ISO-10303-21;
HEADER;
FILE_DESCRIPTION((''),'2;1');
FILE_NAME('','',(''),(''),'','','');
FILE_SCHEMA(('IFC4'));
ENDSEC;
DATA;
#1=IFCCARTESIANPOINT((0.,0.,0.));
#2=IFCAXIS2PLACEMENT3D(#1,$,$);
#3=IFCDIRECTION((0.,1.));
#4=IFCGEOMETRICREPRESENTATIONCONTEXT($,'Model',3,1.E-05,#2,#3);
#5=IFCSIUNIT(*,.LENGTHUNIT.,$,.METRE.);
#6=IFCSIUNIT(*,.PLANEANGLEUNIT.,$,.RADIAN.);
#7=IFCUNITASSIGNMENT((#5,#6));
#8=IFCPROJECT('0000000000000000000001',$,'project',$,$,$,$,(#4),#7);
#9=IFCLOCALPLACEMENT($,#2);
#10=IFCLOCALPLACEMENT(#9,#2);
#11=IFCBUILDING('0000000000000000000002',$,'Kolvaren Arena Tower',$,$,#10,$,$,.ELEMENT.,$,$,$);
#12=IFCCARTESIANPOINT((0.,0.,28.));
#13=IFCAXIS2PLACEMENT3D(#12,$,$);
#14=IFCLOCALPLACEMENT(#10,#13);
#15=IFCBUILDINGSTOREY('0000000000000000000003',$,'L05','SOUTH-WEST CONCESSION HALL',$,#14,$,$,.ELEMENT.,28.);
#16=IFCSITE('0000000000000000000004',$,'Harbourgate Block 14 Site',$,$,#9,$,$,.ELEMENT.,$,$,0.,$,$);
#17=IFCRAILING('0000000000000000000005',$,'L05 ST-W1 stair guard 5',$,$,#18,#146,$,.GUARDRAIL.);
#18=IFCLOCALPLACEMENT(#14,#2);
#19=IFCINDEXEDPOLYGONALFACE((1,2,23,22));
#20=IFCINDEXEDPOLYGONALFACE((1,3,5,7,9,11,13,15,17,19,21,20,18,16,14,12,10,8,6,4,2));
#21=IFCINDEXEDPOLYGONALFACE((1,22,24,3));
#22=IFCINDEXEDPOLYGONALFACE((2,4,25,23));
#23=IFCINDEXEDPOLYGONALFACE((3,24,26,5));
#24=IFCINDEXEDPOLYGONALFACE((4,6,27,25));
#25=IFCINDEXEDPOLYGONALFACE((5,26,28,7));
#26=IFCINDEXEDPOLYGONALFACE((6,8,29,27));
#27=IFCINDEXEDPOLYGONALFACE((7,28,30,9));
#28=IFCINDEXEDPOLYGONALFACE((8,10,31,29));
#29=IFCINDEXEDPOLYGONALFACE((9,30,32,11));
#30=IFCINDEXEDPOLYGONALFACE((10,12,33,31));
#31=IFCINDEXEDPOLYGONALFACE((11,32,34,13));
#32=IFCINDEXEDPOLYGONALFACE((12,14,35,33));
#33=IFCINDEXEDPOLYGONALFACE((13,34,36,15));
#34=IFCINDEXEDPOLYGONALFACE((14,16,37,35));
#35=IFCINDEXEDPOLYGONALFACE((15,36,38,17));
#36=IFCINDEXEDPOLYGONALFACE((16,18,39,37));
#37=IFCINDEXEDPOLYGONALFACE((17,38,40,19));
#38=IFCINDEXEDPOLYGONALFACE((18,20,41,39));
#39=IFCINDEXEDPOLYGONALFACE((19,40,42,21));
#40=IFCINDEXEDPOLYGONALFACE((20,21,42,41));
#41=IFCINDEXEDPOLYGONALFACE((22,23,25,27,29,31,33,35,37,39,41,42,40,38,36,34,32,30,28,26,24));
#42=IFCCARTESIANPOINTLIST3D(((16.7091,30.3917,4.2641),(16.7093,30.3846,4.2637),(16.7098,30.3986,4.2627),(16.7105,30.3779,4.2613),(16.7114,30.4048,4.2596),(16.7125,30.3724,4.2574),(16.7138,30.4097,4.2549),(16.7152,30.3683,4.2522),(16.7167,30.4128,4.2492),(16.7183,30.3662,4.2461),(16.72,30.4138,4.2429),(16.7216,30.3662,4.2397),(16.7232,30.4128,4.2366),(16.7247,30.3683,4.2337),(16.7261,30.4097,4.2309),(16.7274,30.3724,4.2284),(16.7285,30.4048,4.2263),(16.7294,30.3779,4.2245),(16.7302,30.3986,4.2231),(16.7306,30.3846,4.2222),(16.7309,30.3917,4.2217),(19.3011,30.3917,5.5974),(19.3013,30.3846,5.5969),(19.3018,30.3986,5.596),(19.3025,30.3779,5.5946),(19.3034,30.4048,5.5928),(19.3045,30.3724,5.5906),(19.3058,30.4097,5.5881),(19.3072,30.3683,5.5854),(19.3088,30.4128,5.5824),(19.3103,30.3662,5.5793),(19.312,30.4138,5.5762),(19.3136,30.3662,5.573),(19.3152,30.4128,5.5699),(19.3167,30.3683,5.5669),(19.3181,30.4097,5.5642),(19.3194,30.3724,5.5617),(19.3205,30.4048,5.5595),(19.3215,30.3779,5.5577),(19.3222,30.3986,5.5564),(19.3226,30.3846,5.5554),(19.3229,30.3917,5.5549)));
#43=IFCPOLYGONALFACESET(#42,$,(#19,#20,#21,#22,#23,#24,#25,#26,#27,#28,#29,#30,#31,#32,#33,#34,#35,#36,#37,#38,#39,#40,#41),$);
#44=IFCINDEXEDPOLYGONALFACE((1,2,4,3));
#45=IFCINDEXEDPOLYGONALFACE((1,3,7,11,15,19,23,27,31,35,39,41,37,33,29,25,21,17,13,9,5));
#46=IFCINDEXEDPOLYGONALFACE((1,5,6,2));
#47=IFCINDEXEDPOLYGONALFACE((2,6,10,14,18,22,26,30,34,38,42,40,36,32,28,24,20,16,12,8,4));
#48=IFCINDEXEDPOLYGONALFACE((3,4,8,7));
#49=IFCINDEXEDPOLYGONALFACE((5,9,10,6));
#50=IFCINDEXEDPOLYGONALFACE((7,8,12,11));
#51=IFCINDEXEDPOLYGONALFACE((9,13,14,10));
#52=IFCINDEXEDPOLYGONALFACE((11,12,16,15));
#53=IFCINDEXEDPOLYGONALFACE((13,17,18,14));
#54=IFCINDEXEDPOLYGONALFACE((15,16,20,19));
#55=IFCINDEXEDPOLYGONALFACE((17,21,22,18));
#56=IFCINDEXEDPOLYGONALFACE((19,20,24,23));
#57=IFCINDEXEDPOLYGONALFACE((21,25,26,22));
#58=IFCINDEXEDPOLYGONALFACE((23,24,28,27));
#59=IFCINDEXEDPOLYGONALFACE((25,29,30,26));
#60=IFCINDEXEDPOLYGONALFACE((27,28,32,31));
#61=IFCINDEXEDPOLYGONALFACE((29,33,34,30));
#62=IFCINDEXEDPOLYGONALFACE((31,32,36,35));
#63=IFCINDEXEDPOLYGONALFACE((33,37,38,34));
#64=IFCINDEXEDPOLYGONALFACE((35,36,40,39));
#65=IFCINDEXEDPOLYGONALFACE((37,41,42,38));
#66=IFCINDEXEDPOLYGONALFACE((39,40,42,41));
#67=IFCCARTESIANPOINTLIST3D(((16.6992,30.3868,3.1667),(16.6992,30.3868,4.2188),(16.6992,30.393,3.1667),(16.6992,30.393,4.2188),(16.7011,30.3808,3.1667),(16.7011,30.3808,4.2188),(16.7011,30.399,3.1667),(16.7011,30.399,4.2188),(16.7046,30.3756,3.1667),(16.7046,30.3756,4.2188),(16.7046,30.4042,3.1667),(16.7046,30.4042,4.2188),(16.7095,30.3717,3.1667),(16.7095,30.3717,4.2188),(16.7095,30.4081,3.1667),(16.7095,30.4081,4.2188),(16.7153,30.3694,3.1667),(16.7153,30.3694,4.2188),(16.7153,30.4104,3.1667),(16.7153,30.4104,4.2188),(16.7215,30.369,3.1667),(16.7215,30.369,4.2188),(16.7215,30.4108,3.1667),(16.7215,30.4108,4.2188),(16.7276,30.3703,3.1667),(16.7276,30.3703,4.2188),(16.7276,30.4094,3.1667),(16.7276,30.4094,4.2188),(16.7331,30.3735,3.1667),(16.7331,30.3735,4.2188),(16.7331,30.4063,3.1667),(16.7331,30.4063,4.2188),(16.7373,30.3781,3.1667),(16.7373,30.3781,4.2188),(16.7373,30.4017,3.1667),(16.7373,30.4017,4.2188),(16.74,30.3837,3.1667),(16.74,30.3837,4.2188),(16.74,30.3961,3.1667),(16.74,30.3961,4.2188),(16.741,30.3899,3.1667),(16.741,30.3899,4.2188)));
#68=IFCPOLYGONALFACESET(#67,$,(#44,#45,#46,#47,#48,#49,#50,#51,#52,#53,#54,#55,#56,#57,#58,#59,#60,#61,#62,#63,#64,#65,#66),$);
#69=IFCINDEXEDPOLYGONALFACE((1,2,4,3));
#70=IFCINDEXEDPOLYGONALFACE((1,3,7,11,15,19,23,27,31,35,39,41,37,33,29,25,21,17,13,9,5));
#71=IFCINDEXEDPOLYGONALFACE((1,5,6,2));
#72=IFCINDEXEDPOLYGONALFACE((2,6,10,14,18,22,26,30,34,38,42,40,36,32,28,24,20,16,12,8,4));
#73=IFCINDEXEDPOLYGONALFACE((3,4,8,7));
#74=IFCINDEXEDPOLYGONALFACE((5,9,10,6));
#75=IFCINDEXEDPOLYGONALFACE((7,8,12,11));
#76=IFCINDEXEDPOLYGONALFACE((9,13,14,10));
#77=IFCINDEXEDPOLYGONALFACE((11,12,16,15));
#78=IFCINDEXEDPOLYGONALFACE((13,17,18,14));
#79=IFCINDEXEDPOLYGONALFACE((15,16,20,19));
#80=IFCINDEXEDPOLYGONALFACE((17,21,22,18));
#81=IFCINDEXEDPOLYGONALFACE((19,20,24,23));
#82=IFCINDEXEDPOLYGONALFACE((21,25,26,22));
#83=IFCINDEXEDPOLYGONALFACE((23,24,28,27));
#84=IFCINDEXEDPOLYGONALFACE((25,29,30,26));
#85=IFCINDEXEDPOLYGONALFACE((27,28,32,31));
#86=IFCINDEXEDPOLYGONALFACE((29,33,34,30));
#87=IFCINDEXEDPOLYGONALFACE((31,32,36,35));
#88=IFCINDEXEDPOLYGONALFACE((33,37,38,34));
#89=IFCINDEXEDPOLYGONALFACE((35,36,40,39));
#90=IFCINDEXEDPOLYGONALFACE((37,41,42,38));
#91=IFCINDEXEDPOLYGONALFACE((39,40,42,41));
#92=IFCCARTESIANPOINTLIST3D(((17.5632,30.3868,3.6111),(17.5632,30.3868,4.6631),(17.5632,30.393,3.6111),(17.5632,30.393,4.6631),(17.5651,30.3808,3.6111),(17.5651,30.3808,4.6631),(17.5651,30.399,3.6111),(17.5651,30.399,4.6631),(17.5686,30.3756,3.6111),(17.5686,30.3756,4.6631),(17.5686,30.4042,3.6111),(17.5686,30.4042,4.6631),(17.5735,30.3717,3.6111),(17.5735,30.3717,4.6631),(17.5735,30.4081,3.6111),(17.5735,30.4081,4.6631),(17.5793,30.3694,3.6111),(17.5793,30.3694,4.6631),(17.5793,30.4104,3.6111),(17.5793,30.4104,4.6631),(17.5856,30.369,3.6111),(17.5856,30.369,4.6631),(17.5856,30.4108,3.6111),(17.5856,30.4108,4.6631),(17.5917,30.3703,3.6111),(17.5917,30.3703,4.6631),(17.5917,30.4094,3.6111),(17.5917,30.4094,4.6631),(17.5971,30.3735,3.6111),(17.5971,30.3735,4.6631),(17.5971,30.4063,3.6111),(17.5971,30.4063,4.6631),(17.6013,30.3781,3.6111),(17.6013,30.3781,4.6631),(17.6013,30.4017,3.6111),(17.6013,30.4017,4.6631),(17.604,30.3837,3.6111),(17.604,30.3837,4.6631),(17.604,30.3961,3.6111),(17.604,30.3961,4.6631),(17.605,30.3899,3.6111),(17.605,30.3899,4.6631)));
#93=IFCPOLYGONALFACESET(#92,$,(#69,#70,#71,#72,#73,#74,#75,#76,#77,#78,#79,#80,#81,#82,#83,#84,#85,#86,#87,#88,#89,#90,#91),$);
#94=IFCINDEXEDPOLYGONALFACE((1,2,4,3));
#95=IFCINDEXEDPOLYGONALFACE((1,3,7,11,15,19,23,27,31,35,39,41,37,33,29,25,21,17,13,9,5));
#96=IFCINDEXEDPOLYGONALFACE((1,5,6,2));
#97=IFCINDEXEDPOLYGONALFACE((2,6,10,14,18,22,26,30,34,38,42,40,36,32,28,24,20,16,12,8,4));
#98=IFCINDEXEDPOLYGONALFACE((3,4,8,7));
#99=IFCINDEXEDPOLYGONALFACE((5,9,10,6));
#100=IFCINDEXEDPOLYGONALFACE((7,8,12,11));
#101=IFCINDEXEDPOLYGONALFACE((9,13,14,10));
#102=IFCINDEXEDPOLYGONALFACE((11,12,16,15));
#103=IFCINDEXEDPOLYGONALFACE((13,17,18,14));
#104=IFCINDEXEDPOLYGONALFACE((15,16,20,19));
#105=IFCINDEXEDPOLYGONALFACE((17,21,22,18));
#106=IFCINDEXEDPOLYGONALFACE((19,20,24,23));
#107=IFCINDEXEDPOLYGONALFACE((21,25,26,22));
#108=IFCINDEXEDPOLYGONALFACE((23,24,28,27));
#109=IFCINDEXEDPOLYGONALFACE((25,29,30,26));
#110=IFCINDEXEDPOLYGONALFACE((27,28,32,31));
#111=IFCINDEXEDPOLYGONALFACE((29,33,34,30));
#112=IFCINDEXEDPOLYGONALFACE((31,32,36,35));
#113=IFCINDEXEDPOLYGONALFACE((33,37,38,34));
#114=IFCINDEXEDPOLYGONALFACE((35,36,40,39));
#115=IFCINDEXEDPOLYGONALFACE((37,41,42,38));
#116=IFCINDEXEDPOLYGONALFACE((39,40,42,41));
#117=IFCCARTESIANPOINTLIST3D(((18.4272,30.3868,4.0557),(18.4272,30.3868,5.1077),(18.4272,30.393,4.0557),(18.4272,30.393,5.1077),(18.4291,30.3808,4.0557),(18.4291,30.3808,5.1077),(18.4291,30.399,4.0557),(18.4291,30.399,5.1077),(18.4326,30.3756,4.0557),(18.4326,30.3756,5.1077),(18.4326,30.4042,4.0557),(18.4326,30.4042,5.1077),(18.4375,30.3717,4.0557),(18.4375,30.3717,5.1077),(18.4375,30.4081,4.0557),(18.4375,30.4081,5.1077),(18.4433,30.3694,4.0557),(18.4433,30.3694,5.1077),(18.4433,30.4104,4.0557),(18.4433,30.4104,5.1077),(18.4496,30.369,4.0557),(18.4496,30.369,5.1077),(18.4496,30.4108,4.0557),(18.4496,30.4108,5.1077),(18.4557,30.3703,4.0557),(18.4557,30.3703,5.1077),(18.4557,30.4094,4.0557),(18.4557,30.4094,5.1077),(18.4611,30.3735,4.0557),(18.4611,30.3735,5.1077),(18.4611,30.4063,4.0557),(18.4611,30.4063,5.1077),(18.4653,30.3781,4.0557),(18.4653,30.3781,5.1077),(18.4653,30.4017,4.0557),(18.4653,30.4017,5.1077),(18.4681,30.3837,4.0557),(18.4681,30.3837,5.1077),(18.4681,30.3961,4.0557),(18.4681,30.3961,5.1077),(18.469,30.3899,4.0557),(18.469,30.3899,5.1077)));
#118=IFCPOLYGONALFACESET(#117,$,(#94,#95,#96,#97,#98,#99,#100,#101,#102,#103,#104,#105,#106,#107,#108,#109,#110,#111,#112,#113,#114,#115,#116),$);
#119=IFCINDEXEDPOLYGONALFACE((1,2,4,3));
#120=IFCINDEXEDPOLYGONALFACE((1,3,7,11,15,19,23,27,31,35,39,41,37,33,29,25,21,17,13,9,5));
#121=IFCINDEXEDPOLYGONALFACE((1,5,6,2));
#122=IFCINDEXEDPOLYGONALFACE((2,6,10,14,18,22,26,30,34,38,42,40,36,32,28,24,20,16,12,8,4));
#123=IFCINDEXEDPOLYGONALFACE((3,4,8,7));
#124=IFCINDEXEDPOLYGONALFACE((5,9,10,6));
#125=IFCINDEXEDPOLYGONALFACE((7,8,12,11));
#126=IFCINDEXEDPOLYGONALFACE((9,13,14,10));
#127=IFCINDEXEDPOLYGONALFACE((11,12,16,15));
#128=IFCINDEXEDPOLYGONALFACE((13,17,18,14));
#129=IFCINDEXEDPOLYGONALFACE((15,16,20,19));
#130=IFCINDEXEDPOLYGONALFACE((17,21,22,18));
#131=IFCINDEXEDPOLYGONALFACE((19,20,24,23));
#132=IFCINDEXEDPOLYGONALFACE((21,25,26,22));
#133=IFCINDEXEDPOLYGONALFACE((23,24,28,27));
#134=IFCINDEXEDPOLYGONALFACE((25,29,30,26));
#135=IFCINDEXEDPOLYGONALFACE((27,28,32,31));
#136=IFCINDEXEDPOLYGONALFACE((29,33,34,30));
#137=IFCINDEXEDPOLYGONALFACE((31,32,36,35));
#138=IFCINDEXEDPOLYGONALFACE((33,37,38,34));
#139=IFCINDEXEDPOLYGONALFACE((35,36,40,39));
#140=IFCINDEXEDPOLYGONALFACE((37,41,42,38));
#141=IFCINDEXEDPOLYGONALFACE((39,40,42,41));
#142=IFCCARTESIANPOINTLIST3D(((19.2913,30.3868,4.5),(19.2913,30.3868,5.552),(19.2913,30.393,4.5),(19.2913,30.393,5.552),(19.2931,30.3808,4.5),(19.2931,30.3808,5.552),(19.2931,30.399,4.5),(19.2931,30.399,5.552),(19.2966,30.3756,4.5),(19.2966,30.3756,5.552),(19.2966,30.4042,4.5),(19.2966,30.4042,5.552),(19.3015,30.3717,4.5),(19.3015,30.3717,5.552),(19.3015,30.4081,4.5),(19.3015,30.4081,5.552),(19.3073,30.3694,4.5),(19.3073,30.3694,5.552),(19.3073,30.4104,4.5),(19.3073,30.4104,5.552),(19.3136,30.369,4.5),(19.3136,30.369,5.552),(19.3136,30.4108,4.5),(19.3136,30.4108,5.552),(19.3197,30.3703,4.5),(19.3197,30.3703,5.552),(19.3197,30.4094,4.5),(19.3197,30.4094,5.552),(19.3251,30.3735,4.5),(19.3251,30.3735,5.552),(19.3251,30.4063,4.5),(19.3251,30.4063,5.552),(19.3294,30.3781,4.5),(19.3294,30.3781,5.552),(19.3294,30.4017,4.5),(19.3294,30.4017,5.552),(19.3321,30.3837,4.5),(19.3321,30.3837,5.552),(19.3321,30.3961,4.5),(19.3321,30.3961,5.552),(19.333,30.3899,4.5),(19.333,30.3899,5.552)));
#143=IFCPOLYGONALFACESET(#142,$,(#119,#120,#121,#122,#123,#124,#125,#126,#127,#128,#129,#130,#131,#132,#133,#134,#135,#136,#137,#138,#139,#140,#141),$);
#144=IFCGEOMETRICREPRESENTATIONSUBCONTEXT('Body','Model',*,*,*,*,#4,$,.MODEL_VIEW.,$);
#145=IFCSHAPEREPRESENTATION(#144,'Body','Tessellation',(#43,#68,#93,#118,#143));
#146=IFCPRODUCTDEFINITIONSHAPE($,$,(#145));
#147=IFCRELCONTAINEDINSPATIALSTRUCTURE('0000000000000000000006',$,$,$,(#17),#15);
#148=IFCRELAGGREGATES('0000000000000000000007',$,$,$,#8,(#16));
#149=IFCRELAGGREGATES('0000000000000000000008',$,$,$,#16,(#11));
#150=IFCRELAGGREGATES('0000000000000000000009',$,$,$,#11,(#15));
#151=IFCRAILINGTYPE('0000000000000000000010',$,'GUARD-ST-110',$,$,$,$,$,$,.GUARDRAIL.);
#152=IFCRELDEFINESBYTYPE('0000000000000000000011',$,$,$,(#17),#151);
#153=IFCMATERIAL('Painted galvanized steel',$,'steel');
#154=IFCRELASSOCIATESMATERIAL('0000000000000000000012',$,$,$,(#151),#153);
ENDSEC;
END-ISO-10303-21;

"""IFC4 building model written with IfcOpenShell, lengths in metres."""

from ifc_helpers import new_model, si_unit, direction, frame, origin, origin_2d, place, context, subcontext, project, spatial, circle, extrude, material, type_object, element, save


model = new_model("IFC4")

# Units and contexts
model_context = context("Model", 3, precision=1e-05, world=origin(), true_north=direction((0.0, 1.0)))
body_context = subcontext(model_context, "Body", "Model", "MODEL_VIEW")
ifc_project = project(units=[si_unit("LENGTHUNIT", "METRE"), si_unit("PLANEANGLEUNIT", "RADIAN")], contexts=[model_context])

# Site, building, storey
site_placement = place(None, origin())
site = spatial("IfcSite", under=ifc_project, at=site_placement, Name="Harbourgate Block 14 Site", CompositionType="ELEMENT", RefElevation=0.0)
building_placement = place(site_placement, origin())
building = spatial("IfcBuilding", under=site, at=building_placement, Name="Kolvaren Arena Tower", CompositionType="ELEMENT")
storey_placement = place(building_placement, frame((0.0, 0.0, 28.0)))
storey = spatial("IfcBuildingStorey", under=building, at=storey_placement, Name="L05", Description="SOUTH-WEST CONCESSION HALL", CompositionType="ELEMENT", Elevation=28.0)

# Railing
ifc_material_1 = material(Name="Painted galvanized steel", Category="steel")
railing_type_1 = type_object("IfcRailingType", Name="GUARD-ST-110", PredefinedType="GUARDRAIL", material=ifc_material_1)
railing_1_placement = place(storey_placement, frame((16.72, 30.3899, 3.1667)))
element("IfcRailing", 1, at=railing_1_placement, inside=storey, type_object=railing_type_1, Name="L05 ST-W1 stair guard 5", PredefinedType="GUARDRAIL", context=body_context, shape_type="SweptSolid", body=[
    extrude(circle(Radius=0.0239, at=origin_2d()), frame((0.0, 0.0, 1.0762), z_axis=(0.88926, 0.0, 0.457403), x_axis=(0.0, 1.0, 0.0)), (0.0, 0.0, 1.0), 2.9148),
    extrude(circle(Radius=0.021, at=origin_2d()), origin(), (0.0, 0.0, 1.0), 1.052),
    extrude(circle(Radius=0.021, at=origin_2d()), frame((0.864, 0.0, 0.4443)), (0.0, 0.0, 1.0), 1.052),
    extrude(circle(Radius=0.021, at=origin_2d()), frame((1.728, 0.0, 0.8889)), (0.0, 0.0, 1.0), 1.052),
    extrude(circle(Radius=0.021, at=origin_2d()), frame((2.592, 0.0, 1.3333)), (0.0, 0.0, 1.0), 1.052),
])

save(model, "model.ifc")
